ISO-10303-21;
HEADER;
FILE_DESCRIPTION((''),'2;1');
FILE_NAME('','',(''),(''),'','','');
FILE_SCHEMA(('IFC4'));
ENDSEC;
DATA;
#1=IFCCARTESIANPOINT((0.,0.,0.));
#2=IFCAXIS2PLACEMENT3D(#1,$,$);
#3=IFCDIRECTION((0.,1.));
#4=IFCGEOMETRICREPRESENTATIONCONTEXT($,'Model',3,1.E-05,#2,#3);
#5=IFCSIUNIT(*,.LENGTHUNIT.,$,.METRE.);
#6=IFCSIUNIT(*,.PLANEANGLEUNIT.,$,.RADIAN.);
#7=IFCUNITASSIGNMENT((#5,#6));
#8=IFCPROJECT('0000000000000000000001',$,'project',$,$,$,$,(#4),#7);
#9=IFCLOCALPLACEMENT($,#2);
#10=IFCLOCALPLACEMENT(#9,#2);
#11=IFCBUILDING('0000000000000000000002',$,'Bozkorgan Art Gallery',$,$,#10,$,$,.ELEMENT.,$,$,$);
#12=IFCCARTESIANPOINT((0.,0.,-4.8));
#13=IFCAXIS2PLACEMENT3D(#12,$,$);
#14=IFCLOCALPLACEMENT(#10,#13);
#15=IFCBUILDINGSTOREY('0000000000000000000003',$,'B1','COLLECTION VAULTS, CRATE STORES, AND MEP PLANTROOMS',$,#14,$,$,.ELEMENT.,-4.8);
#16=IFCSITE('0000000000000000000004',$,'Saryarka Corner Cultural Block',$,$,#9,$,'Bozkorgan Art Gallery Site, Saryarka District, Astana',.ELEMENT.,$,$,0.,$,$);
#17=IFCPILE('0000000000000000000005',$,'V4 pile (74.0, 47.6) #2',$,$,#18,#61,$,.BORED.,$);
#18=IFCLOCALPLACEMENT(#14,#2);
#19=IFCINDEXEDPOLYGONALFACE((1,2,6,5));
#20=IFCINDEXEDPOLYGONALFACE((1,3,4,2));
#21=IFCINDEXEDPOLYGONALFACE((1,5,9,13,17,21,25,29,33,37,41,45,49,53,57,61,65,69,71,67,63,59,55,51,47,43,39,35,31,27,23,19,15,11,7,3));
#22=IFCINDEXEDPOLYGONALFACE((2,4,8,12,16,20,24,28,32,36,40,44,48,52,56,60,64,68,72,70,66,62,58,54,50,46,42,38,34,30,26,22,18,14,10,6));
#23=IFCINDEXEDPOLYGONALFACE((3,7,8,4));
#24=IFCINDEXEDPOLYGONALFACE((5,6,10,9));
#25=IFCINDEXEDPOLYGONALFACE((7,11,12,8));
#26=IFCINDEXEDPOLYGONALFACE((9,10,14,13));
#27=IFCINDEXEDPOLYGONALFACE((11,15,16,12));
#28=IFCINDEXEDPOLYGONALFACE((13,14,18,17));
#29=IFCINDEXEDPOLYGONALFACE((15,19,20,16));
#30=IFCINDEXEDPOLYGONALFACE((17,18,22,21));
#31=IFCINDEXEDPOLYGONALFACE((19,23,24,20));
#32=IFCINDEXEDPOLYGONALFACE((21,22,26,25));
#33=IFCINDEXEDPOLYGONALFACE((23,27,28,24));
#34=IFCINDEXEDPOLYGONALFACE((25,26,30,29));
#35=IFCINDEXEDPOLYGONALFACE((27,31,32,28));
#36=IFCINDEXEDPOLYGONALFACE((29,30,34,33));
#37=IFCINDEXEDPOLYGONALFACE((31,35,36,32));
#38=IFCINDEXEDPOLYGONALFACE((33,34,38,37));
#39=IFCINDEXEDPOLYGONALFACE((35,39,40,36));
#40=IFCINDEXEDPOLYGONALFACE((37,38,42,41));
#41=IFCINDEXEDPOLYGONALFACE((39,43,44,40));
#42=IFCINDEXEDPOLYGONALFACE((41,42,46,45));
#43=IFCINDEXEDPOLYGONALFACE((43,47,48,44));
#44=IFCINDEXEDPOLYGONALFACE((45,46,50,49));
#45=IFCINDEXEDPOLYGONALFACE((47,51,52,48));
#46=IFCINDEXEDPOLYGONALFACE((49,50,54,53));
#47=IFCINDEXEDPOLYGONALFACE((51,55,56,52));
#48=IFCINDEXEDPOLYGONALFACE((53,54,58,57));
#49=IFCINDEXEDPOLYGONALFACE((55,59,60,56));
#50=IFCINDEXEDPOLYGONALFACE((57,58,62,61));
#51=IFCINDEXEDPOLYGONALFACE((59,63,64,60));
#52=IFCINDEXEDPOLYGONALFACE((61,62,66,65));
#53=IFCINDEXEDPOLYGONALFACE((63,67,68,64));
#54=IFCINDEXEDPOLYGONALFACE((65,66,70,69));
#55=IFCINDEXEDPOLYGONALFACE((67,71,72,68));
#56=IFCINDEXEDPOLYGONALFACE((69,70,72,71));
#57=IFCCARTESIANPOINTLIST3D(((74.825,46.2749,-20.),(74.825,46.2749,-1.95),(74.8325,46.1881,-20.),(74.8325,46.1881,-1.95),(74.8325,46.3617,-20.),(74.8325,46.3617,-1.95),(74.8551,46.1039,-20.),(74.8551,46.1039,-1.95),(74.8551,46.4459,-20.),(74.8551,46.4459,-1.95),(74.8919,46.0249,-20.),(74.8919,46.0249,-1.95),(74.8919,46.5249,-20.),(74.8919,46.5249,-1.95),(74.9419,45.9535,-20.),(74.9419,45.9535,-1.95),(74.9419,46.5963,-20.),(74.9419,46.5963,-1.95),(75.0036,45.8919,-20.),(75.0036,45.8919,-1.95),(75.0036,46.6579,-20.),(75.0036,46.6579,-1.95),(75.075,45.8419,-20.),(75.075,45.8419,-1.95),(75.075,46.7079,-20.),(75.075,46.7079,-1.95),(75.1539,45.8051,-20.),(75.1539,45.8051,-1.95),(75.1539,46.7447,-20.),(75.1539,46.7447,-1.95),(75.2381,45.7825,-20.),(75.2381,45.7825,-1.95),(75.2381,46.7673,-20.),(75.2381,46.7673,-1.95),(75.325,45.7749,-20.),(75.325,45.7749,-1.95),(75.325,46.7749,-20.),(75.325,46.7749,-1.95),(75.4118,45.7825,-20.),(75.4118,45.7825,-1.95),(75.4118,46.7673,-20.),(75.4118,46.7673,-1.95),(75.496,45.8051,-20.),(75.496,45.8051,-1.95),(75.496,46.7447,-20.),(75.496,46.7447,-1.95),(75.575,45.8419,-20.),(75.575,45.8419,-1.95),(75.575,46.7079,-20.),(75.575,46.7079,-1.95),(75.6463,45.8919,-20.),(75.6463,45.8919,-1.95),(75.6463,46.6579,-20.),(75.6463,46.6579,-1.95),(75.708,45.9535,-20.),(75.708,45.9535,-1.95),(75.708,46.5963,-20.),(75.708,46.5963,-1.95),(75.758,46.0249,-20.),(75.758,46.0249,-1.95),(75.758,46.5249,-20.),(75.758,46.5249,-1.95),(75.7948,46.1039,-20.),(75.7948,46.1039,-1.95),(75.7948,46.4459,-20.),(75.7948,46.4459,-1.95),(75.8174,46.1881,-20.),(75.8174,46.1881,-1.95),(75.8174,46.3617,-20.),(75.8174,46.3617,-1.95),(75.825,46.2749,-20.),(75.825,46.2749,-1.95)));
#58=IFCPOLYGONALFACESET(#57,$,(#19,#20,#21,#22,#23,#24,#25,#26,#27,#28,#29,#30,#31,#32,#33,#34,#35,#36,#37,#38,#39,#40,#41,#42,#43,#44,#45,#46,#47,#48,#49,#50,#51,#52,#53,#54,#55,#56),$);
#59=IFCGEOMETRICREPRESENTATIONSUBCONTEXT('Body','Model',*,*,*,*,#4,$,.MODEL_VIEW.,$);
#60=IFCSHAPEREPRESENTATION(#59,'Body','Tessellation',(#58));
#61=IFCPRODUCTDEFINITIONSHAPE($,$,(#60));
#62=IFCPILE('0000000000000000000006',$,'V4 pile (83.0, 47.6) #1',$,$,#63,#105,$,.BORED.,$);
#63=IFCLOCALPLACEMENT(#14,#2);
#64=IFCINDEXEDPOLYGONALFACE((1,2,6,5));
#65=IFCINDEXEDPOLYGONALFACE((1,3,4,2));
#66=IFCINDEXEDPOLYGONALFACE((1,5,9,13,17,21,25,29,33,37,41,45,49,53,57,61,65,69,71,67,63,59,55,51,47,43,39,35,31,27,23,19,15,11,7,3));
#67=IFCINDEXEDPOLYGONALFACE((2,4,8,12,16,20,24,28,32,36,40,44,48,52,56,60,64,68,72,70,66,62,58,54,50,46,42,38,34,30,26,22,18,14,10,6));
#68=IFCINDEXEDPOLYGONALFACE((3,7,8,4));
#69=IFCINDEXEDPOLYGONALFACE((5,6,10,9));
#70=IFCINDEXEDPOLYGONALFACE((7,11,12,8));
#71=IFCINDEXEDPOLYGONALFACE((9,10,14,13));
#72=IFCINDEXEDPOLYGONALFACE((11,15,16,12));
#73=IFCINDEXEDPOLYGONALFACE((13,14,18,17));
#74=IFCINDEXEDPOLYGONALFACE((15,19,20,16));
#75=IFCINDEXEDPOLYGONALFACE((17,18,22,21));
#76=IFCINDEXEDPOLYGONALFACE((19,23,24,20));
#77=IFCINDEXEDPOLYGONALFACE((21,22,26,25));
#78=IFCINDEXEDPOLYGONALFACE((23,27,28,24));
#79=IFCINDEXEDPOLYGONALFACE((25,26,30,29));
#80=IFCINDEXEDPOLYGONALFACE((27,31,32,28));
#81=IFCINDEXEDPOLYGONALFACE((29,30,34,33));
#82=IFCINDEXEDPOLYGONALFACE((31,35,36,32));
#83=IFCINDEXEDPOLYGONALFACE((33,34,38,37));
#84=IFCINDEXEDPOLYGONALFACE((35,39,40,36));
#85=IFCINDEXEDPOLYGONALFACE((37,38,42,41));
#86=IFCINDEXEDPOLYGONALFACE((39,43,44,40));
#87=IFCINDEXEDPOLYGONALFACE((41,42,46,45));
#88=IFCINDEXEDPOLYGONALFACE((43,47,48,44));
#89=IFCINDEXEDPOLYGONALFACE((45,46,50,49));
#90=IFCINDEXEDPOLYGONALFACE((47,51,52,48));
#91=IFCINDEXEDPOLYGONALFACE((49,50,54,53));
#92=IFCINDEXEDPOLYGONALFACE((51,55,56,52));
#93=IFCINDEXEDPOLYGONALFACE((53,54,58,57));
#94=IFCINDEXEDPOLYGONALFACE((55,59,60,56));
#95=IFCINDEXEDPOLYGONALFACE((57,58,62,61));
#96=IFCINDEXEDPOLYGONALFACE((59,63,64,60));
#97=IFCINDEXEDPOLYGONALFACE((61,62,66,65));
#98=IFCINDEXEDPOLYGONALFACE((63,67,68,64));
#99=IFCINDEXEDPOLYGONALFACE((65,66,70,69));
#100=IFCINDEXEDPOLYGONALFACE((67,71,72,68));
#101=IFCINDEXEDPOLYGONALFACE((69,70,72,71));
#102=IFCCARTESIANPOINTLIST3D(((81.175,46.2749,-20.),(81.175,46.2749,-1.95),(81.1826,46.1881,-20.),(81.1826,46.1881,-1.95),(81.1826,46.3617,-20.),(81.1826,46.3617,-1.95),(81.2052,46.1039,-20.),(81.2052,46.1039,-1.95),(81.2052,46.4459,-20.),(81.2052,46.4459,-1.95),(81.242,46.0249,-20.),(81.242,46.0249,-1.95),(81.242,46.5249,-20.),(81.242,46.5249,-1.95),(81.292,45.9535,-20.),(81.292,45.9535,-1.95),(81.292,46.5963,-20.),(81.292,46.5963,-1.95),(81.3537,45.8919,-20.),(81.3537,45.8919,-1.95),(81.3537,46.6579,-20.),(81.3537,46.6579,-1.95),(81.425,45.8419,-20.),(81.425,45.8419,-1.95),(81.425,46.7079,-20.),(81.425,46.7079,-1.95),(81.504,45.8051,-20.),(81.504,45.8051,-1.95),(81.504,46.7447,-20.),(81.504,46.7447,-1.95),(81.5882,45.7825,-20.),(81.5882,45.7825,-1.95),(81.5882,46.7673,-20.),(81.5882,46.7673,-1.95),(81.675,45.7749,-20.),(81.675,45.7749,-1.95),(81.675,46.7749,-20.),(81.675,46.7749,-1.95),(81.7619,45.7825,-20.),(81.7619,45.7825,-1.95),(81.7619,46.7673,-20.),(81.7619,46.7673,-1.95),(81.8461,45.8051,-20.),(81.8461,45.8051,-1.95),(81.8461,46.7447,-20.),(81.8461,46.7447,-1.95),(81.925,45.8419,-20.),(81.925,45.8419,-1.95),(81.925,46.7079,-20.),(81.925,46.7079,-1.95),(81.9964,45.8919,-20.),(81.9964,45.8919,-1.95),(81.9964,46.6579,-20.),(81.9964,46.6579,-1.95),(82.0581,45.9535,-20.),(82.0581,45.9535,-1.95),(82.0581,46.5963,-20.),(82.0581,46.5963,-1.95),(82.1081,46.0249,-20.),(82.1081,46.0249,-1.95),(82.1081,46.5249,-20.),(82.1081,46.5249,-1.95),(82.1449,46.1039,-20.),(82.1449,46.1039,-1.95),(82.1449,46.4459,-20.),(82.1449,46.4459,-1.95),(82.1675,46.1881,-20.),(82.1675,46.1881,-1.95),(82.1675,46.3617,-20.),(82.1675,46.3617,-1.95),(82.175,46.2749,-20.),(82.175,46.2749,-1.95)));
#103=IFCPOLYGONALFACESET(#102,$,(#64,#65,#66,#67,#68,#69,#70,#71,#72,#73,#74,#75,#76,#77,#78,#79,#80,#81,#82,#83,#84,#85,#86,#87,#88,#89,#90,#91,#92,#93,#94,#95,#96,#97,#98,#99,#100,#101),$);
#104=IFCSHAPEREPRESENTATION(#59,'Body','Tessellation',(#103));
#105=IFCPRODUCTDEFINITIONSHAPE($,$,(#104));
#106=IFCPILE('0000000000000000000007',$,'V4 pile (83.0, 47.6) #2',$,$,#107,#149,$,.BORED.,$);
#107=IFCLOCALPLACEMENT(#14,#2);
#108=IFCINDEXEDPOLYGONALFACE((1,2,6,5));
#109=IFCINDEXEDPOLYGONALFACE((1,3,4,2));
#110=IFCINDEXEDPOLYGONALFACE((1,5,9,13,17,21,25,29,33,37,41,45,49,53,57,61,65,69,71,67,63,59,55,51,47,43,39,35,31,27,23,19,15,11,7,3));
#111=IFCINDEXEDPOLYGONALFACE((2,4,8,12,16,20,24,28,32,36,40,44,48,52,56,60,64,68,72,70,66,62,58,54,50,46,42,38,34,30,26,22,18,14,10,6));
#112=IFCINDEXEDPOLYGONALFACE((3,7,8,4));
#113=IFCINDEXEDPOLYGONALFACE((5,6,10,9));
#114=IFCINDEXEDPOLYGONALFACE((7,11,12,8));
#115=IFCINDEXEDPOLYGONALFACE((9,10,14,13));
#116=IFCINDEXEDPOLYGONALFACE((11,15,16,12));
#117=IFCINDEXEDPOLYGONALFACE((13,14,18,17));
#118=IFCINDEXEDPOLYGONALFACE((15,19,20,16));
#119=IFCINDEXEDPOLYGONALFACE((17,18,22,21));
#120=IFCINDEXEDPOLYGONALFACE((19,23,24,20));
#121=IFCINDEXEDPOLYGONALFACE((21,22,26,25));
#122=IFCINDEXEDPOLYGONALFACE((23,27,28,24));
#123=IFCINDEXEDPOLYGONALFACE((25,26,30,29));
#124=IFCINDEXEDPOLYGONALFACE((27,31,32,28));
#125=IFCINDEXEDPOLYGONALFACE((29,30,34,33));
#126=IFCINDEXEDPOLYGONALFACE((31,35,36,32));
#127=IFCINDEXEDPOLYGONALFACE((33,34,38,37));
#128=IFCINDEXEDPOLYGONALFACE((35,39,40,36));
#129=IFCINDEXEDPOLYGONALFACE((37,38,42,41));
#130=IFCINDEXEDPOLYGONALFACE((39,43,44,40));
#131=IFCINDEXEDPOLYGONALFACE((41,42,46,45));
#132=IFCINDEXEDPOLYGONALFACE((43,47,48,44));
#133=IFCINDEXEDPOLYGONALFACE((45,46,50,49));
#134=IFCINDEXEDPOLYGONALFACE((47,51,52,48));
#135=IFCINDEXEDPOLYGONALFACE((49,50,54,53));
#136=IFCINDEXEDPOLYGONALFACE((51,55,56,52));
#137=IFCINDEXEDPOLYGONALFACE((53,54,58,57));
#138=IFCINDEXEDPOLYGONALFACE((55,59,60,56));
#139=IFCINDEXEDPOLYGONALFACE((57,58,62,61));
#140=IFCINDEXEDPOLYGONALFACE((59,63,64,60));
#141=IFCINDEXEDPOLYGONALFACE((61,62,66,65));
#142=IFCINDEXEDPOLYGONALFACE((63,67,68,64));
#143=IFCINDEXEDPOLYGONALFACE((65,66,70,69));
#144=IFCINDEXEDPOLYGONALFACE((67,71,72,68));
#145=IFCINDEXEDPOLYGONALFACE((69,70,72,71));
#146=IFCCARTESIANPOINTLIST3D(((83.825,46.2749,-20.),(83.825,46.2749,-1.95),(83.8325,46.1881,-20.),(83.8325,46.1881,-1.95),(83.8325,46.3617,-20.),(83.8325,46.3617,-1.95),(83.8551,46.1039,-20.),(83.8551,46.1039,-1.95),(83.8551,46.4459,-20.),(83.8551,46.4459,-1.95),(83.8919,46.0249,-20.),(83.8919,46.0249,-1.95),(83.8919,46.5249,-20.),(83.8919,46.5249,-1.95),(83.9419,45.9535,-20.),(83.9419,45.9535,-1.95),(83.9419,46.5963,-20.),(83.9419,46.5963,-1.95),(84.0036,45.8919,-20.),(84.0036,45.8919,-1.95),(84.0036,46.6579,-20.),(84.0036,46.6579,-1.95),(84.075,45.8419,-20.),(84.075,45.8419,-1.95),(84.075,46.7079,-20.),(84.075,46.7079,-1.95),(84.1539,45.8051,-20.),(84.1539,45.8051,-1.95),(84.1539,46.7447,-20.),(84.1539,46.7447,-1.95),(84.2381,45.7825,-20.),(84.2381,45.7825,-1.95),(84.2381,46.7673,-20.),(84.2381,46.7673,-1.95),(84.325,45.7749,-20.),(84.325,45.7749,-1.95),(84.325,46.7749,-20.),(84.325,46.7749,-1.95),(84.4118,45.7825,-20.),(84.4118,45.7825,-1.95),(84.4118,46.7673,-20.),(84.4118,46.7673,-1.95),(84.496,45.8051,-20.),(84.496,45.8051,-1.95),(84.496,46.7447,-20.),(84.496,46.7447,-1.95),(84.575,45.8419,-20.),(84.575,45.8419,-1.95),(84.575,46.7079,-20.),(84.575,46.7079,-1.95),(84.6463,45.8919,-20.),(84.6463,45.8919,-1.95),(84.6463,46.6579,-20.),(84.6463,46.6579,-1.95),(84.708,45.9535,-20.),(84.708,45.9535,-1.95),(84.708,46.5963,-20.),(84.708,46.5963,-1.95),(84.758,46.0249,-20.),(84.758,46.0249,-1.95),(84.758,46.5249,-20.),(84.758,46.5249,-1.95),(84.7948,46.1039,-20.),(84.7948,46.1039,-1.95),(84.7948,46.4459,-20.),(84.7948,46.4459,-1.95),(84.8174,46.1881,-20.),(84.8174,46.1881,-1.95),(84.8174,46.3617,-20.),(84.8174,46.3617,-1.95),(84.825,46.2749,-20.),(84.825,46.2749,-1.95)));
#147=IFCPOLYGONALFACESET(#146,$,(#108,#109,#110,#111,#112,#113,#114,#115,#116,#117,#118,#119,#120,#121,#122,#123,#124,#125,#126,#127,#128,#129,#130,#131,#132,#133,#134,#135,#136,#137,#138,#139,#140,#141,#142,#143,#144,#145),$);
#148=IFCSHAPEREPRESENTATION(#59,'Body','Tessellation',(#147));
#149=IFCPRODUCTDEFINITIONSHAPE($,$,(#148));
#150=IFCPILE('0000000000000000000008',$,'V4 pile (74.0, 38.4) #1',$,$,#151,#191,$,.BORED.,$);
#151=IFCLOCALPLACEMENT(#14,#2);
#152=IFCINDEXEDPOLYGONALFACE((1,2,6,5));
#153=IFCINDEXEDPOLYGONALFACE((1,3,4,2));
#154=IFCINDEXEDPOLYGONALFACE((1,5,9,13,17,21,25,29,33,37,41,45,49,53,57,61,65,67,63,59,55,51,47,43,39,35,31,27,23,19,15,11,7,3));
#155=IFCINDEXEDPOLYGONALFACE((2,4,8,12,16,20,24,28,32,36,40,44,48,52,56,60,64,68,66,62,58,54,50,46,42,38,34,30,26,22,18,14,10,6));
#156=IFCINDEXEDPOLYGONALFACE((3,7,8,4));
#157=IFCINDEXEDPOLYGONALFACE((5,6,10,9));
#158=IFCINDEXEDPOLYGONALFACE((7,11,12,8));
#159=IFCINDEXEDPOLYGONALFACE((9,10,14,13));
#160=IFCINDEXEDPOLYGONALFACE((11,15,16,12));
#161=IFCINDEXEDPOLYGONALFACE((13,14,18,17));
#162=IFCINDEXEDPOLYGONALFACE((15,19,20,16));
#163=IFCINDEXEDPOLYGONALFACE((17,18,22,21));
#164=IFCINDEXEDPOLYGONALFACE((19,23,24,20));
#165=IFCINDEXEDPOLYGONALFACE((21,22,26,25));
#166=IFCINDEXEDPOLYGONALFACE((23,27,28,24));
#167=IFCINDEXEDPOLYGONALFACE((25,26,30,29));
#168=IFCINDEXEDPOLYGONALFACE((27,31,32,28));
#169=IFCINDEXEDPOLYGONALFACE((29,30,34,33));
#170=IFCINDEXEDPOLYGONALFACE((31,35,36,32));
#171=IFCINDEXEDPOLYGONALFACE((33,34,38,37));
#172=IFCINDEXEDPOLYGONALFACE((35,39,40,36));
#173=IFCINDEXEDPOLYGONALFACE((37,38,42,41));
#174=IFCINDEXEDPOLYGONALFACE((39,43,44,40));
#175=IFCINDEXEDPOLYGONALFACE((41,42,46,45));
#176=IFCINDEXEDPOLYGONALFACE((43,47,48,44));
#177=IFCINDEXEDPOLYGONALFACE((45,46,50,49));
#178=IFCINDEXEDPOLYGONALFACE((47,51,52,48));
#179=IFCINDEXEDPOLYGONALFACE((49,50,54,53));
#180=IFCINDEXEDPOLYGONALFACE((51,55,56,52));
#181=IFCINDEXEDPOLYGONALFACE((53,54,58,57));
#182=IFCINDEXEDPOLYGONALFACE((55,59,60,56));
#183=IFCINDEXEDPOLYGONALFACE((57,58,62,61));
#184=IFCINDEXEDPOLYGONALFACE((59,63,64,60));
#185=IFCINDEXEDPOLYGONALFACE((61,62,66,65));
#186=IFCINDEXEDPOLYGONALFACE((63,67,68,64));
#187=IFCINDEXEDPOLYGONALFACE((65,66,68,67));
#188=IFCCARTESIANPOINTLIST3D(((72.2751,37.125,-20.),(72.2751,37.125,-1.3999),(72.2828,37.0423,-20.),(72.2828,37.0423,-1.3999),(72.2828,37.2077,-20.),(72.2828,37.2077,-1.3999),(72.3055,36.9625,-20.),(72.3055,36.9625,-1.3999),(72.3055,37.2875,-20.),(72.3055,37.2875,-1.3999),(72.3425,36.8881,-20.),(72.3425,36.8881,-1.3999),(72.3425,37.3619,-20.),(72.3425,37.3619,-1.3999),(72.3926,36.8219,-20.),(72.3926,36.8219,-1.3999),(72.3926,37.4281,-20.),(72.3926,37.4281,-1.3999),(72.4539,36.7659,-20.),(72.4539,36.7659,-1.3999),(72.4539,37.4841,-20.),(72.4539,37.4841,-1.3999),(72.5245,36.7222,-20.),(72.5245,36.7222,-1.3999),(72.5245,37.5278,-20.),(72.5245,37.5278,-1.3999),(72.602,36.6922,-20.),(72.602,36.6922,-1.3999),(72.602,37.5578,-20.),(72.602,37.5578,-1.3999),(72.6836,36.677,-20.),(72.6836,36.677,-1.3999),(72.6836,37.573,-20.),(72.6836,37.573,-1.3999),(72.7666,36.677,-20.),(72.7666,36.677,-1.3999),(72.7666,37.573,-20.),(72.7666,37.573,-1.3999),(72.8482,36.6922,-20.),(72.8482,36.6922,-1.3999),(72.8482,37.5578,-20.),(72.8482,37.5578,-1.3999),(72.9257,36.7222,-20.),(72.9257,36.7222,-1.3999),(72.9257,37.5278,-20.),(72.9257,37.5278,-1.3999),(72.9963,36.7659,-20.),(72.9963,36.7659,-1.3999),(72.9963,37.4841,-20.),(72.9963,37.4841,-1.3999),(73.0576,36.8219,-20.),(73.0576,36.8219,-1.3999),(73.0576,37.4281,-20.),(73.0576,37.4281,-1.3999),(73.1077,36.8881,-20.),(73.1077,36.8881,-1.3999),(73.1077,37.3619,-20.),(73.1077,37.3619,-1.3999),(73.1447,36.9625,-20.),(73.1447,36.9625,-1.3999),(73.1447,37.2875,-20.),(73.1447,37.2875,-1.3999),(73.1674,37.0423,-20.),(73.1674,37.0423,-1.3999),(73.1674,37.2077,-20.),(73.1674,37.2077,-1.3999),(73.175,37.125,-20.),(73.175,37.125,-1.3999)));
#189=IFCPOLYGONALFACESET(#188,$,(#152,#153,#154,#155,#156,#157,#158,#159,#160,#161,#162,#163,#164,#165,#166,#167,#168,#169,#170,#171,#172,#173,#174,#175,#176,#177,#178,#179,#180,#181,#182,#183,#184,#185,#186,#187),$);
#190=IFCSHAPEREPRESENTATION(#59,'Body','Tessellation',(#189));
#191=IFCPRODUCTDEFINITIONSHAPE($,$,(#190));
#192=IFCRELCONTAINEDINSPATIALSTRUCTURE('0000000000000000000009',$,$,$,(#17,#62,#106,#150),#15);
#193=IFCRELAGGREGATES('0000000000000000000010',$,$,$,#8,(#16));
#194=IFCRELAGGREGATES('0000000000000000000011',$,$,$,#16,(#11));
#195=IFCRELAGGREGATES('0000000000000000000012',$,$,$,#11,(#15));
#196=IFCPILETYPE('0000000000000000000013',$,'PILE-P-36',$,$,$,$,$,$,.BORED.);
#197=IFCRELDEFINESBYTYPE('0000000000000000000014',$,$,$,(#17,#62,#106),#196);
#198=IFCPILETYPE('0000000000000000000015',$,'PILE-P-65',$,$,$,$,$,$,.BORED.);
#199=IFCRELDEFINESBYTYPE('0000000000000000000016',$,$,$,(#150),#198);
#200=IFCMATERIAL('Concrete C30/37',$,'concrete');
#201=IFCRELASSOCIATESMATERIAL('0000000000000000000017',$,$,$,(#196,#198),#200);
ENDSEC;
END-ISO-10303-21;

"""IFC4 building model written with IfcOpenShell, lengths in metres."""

from ifc_helpers import new_model, si_unit, direction, frame, origin, origin_2d, place, context, subcontext, project, spatial, circle, extrude, material, material_profile, profile_set, type_object, element, save


model = new_model("IFC4")

# Units and contexts
model_context = context("Model", 3, precision=1e-05, world=origin(), true_north=direction((0.0, 1.0)))
body_context = subcontext(model_context, "Body", "Model", "MODEL_VIEW")
ifc_project = project(units=[si_unit("LENGTHUNIT", "METRE"), si_unit("PLANEANGLEUNIT", "RADIAN")], contexts=[model_context])

# Site, building, storey
site_placement = place(None, origin())
site = spatial("IfcSite", under=ifc_project, at=site_placement, Name="Saryarka Corner Cultural Block", LongName="Bozkorgan Art Gallery Site, Saryarka District, Astana", CompositionType="ELEMENT", RefElevation=0.0)
building_placement = place(site_placement, origin())
building = spatial("IfcBuilding", under=site, at=building_placement, Name="Bozkorgan Art Gallery", CompositionType="ELEMENT")
storey_placement = place(building_placement, frame((0.0, 0.0, -4.8)))
storey = spatial("IfcBuildingStorey", under=building, at=storey_placement, Name="B1", Description="COLLECTION VAULTS, CRATE STORES, AND MEP PLANTROOMS", CompositionType="ELEMENT", Elevation=-4.8)

# Shared definitions
ifc_material_1 = material(Name="Concrete C30/37", Category="concrete")

# Piles
ifc_material_profile_1 = material_profile(ifc_material_1, circle(Radius=0.5, at=origin_2d()), Name="PILE D1000")
ifc_profile_set_1 = profile_set([ifc_material_profile_1], Name="Concrete C30/37")
pile_type_1 = type_object("IfcPileType", Name="PILE-P-36", PredefinedType="BORED", material=ifc_profile_set_1)
for number, where, z_axis, x_axis, name in (
    (1, (75.325, 46.2749, -1.95), (0.0, 0.0, -1.0), (1.0, 0.0, 0.0), "V4 pile (74.0, 47.6) #2"),
    (2, (81.675, 46.2749, -1.95), (0.0, 0.0, -1.0), (1.0, 0.0, 0.0), "V4 pile (83.0, 47.6) #1"),
    (3, (84.325, 46.2749, -1.95), (0.0, 0.0, -1.0), (1.0, 0.0, 0.0), "V4 pile (83.0, 47.6) #2"),
):
    element("IfcPile", number, at=place(storey_placement, frame(where, z_axis=z_axis, x_axis=x_axis)), inside=storey, type_object=pile_type_1, Name=name, PredefinedType="BORED", context=body_context, shape_type="SweptSolid", body=[
        extrude(circle(Radius=0.5, at=origin_2d()), origin(), (0.0, 0.0, 1.0), 18.05),
    ])
ifc_material_profile_2 = material_profile(ifc_material_1, circle(Radius=0.45, at=origin_2d()), Name="PILE D900")
ifc_profile_set_2 = profile_set([ifc_material_profile_2], Name="Concrete C30/37")
pile_type_2 = type_object("IfcPileType", Name="PILE-P-65", PredefinedType="BORED", material=ifc_profile_set_2)
for number, where, z_axis, x_axis, name in (
    (4, (72.7251, 37.125, -1.3999), (0.0, 0.0, -1.0), (1.0, 0.0, 0.0), "V4 pile (74.0, 38.4) #1"),
):
    element("IfcPile", number, at=place(storey_placement, frame(where, z_axis=z_axis, x_axis=x_axis)), inside=storey, type_object=pile_type_2, Name=name, PredefinedType="BORED", context=body_context, shape_type="SweptSolid", body=[
        extrude(circle(Radius=0.45, at=origin_2d()), origin(), (0.0, 0.0, 1.0), 18.6001),
    ])

save(model, "model.ifc")
